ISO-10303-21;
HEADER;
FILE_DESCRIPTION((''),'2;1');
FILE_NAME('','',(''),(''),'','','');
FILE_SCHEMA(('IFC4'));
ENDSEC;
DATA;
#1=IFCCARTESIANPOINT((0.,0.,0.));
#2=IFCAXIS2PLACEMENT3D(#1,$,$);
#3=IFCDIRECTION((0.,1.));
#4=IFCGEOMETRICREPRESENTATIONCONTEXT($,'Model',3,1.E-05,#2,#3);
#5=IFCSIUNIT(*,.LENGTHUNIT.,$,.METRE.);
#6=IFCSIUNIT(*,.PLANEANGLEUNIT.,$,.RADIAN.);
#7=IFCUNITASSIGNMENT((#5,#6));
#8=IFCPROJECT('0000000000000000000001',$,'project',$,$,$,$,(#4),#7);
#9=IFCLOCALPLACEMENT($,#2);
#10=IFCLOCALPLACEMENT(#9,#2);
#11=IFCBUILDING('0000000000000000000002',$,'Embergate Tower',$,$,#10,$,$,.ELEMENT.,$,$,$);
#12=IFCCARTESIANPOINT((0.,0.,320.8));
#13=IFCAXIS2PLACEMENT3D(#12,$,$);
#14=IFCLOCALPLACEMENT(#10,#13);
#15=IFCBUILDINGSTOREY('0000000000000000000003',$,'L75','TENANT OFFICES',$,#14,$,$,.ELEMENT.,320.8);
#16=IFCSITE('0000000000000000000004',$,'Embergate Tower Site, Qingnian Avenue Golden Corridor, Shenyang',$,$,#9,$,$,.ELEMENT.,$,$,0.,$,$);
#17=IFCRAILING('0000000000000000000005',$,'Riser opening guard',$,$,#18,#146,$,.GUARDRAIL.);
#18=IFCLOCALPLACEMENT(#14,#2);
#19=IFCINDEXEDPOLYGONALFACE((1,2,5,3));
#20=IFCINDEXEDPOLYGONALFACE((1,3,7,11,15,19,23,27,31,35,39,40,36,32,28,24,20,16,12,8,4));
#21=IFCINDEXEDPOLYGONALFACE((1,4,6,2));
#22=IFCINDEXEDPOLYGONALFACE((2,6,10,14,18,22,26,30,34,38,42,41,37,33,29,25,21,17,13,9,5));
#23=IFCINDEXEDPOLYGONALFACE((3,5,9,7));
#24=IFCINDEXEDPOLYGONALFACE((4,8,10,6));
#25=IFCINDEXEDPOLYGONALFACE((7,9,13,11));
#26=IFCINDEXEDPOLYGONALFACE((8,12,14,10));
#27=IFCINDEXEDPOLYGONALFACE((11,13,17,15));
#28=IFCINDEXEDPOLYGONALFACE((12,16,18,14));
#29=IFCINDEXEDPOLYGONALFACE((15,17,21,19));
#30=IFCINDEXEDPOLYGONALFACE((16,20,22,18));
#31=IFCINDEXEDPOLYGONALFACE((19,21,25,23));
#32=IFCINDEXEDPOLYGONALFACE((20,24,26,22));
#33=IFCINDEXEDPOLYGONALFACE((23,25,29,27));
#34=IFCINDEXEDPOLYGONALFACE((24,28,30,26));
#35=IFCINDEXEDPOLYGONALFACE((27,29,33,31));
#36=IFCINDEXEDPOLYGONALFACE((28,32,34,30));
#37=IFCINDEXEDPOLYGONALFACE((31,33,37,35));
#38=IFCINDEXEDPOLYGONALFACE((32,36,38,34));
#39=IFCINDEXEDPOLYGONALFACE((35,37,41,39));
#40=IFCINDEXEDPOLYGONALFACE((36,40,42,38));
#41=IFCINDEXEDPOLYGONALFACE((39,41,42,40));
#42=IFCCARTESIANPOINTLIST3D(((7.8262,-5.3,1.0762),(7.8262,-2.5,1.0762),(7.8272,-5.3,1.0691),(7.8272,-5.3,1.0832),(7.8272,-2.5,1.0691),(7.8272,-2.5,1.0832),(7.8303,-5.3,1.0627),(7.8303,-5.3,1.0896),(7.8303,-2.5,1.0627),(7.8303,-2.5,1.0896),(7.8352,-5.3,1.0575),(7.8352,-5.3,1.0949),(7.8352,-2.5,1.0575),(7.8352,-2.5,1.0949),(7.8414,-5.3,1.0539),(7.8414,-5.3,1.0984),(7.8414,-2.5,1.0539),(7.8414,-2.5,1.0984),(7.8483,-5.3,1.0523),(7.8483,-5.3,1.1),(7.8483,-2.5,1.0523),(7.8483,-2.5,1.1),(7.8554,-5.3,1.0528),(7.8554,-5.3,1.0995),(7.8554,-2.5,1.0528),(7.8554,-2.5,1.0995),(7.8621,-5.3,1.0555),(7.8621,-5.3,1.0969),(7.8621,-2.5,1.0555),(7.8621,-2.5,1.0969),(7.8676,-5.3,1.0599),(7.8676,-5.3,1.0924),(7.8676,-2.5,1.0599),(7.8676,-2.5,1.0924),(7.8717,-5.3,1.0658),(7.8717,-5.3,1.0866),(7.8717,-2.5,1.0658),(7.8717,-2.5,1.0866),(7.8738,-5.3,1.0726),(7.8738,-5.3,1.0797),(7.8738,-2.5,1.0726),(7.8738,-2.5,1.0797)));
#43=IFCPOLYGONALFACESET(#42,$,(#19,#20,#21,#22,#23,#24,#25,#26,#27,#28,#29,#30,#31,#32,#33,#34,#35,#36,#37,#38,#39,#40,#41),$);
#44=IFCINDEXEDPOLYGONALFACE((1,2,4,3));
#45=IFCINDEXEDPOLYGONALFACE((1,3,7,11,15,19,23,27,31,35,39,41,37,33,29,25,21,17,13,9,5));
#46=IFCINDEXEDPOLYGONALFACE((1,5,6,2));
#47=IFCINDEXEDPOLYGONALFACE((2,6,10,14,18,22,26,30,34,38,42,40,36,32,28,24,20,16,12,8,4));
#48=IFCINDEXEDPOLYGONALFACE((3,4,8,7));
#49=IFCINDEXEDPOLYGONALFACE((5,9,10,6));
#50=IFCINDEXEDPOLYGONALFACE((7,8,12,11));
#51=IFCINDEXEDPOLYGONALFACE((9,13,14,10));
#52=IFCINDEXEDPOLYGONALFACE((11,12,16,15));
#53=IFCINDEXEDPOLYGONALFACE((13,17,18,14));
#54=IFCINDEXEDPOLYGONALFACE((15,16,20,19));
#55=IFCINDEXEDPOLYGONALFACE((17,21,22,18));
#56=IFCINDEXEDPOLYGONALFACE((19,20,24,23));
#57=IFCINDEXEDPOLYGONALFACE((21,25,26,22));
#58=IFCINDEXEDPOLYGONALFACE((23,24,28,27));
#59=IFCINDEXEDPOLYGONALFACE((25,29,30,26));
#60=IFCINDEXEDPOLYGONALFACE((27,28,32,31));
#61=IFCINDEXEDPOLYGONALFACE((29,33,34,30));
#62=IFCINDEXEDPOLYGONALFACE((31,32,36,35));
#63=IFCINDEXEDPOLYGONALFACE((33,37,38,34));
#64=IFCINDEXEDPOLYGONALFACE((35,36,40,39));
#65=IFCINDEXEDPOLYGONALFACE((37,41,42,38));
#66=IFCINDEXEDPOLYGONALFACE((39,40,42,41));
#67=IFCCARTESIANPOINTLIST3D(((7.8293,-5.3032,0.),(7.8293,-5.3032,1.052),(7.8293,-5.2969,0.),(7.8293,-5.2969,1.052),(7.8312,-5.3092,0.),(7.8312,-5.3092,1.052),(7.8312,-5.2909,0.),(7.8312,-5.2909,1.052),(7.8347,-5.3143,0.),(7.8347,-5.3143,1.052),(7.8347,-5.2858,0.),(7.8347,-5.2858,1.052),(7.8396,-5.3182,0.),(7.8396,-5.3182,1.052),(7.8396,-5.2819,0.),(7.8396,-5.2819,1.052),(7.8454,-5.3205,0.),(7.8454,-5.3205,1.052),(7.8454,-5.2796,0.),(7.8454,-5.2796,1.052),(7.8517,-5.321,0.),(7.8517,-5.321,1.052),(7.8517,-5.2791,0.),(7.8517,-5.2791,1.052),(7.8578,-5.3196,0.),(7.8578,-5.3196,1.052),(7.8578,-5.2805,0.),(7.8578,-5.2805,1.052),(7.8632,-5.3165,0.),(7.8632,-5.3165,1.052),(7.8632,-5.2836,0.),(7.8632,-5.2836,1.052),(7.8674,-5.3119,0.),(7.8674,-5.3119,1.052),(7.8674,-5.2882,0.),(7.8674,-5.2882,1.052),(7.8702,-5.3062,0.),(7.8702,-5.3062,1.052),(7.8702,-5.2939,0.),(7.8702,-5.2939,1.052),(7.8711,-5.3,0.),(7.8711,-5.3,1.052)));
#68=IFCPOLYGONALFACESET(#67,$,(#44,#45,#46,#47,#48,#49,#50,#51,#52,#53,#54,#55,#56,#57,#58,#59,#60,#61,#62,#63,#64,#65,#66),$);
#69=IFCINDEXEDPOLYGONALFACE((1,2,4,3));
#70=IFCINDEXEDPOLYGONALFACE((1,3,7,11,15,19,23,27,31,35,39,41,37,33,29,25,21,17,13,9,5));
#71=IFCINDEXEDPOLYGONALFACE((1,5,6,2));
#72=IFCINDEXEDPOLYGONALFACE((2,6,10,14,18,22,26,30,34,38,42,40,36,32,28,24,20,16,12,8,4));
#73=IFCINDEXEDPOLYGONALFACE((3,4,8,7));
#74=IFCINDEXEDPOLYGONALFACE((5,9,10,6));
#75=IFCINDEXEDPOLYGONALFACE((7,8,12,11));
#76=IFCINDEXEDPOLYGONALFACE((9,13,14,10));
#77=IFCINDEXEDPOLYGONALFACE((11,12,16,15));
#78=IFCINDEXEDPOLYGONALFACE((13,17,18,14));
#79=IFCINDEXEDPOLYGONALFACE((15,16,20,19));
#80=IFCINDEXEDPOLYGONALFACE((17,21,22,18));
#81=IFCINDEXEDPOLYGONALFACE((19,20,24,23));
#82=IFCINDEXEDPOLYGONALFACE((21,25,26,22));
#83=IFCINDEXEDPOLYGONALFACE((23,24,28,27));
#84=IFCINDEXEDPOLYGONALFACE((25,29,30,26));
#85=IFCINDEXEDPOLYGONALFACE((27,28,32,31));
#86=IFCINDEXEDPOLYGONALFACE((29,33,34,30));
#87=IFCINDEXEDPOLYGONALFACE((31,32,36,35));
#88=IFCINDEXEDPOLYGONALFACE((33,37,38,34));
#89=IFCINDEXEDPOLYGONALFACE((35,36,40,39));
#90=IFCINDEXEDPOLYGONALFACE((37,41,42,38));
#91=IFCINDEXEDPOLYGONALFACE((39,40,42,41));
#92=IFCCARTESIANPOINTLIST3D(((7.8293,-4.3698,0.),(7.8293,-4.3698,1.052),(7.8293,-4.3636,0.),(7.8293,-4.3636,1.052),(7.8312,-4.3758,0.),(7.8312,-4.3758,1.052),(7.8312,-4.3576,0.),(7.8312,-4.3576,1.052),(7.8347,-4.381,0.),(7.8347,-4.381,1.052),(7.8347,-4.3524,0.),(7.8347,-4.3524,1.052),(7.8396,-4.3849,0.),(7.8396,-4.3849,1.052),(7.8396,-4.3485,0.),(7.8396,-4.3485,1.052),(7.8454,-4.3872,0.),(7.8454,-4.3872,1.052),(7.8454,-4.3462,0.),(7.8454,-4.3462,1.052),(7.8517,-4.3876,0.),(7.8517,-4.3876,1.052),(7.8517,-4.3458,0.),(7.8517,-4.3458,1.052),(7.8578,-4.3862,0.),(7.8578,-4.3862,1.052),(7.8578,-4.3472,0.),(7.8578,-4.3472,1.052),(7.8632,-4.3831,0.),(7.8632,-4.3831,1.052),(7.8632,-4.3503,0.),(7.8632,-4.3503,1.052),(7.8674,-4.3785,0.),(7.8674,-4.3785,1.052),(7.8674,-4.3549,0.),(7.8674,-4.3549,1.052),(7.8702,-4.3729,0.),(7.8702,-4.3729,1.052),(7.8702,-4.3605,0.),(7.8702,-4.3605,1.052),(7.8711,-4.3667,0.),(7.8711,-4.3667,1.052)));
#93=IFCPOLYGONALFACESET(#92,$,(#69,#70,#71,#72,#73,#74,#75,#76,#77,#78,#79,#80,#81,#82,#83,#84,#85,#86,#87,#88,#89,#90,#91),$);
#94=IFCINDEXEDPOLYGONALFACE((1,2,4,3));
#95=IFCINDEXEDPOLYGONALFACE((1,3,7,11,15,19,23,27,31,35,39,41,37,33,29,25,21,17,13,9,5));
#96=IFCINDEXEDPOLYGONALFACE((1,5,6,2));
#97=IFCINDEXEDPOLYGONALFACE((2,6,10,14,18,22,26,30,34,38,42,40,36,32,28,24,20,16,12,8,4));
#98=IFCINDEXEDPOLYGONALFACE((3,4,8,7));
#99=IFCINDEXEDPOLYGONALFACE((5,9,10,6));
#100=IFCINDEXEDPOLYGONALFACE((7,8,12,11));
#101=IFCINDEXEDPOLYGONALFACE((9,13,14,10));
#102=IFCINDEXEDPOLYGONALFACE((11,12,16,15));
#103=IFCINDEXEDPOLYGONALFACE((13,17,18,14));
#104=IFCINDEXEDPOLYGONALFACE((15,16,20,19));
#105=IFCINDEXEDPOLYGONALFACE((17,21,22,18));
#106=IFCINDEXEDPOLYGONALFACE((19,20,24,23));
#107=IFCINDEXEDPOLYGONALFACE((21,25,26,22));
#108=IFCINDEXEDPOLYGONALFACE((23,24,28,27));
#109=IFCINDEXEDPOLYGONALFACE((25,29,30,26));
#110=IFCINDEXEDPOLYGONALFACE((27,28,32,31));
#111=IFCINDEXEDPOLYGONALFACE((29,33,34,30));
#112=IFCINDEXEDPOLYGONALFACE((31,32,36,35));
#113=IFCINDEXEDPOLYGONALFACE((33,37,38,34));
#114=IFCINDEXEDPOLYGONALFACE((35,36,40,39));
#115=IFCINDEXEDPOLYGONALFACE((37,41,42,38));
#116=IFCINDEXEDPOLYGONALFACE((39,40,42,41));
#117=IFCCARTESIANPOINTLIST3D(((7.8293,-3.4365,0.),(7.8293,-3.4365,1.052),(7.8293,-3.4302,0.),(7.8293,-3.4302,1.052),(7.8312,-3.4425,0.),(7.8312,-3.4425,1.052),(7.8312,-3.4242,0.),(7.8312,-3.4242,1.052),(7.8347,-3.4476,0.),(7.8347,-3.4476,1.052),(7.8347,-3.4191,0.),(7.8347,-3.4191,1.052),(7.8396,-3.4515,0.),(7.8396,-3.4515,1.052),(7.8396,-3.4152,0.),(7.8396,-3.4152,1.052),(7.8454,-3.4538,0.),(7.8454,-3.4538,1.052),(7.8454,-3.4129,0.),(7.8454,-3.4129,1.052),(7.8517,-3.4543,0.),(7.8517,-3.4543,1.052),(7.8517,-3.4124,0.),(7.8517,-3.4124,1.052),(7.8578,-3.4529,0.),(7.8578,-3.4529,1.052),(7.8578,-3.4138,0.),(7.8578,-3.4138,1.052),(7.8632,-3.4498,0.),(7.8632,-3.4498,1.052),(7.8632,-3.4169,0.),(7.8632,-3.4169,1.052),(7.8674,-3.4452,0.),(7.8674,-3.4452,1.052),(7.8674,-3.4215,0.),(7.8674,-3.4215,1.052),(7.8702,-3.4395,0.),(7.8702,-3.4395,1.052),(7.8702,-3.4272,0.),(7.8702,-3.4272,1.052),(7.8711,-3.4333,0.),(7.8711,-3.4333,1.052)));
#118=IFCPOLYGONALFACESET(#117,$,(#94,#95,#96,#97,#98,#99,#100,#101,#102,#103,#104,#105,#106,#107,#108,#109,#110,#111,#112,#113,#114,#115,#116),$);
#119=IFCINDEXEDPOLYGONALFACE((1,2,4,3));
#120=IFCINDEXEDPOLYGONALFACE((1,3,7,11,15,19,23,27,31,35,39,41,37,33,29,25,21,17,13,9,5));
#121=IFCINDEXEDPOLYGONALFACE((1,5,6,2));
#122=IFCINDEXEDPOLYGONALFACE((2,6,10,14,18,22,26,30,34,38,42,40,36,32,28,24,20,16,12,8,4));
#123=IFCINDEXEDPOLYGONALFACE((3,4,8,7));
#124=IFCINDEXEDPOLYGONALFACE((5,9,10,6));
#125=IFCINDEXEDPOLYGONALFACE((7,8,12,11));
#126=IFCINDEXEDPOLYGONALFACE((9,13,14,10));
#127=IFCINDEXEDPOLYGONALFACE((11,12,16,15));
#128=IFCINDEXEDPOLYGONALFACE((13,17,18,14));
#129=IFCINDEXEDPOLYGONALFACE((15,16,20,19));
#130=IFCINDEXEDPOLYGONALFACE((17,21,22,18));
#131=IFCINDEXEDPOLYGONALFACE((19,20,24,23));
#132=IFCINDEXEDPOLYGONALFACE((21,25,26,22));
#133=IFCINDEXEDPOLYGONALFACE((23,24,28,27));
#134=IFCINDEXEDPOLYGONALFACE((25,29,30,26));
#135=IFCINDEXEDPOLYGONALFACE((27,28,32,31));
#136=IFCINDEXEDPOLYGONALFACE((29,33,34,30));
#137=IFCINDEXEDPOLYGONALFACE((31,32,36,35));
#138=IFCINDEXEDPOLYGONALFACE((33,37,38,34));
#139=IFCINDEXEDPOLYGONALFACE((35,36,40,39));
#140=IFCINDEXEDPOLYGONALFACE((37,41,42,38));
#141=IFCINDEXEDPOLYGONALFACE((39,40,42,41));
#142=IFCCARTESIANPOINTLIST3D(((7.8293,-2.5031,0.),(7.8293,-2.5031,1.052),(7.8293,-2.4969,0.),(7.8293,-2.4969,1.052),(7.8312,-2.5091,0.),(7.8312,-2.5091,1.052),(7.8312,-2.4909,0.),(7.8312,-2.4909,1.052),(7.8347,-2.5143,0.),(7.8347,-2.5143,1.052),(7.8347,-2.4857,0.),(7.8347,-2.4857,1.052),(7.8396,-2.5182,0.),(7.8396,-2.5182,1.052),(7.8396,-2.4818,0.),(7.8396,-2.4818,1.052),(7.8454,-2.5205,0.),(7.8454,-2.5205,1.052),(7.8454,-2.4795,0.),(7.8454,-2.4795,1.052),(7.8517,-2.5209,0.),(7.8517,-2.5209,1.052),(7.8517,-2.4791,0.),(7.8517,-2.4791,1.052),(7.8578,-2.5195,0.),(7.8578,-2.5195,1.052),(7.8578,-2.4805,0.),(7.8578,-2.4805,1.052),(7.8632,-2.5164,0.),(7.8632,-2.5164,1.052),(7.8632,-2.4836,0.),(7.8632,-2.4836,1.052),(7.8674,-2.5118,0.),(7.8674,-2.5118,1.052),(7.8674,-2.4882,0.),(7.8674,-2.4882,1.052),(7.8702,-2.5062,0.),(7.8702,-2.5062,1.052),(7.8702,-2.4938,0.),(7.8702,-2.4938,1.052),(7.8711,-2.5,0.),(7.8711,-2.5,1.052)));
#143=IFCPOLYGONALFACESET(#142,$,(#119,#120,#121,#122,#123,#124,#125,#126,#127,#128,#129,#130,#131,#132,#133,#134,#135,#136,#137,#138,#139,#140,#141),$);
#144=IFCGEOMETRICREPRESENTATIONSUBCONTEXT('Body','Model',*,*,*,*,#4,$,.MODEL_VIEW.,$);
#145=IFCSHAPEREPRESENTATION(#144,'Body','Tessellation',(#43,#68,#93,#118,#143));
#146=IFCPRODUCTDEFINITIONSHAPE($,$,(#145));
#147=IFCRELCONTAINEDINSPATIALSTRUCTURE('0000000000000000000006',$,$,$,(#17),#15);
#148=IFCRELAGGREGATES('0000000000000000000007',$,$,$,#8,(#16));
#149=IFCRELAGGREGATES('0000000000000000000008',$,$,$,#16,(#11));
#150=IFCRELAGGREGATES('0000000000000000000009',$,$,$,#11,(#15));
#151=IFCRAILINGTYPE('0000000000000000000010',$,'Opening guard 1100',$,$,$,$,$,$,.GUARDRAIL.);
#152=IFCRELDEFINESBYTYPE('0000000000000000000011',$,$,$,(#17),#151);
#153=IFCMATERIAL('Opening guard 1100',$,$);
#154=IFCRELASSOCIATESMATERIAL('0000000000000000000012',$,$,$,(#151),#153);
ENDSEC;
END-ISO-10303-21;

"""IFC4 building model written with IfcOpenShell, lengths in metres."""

from ifc_helpers import new_model, si_unit, direction, frame, origin, origin_2d, place, context, subcontext, project, spatial, circle, extrude, source, transform, mapped, material, type_object, element, save


model = new_model("IFC4")

# Units and contexts
model_context = context("Model", 3, precision=1e-05, world=origin(), true_north=direction((0.0, 1.0)))
body_context = subcontext(model_context, "Body", "Model", "MODEL_VIEW")
ifc_project = project(units=[si_unit("LENGTHUNIT", "METRE"), si_unit("PLANEANGLEUNIT", "RADIAN")], contexts=[model_context])

# Site, building, storey
site_placement = place(None, origin())
site = spatial("IfcSite", under=ifc_project, at=site_placement, Name="Embergate Tower Site, Qingnian Avenue Golden Corridor, Shenyang", CompositionType="ELEMENT", RefElevation=0.0)
building_placement = place(site_placement, origin())
building = spatial("IfcBuilding", under=site, at=building_placement, Name="Embergate Tower", CompositionType="ELEMENT")
storey_placement = place(building_placement, frame((0.0, 0.0, 320.8)))
storey = spatial("IfcBuildingStorey", under=building, at=storey_placement, Name="L75", Description="TENANT OFFICES", CompositionType="ELEMENT", Elevation=320.8)

# Railing
ifc_material_1 = material(Name="Opening guard 1100")
railing_type_1 = type_object("IfcRailingType", Name="Opening guard 1100", PredefinedType="GUARDRAIL", material=ifc_material_1)
shared_shape_1 = source(origin(), body_context, "Body", "SweptSolid", [
    extrude(circle(Radius=0.0239, at=origin_2d()), frame((0.0, 0.0, 1.0762), z_axis=(0.0, 1.0, 0.0), x_axis=(-1.0, 0.0, 0.0)), (0.0, 0.0, 1.0), 2.8),
    extrude(circle(Radius=0.021, at=origin_2d()), origin(), (0.0, 0.0, 1.0), 1.052),
    extrude(circle(Radius=0.021, at=origin_2d()), frame((0.0, 0.9333, 0.0)), (0.0, 0.0, 1.0), 1.052),
    extrude(circle(Radius=0.021, at=origin_2d()), frame((0.0, 1.8667, 0.0)), (0.0, 0.0, 1.0), 1.052),
    extrude(circle(Radius=0.021, at=origin_2d()), frame((0.0, 2.8, 0.0)), (0.0, 0.0, 1.0), 1.052),
])
railing_1_placement = place(storey_placement, frame((7.8501, -5.3, 0.0)))
element("IfcRailing", 1, at=railing_1_placement, inside=storey, type_object=railing_type_1, Name="Riser opening guard", PredefinedType="GUARDRAIL", context=body_context, shape_type="MappedRepresentation", body=[
    mapped(shared_shape_1, transform((0.0, 0.0, 0.0))),
])

save(model, "model.ifc")
